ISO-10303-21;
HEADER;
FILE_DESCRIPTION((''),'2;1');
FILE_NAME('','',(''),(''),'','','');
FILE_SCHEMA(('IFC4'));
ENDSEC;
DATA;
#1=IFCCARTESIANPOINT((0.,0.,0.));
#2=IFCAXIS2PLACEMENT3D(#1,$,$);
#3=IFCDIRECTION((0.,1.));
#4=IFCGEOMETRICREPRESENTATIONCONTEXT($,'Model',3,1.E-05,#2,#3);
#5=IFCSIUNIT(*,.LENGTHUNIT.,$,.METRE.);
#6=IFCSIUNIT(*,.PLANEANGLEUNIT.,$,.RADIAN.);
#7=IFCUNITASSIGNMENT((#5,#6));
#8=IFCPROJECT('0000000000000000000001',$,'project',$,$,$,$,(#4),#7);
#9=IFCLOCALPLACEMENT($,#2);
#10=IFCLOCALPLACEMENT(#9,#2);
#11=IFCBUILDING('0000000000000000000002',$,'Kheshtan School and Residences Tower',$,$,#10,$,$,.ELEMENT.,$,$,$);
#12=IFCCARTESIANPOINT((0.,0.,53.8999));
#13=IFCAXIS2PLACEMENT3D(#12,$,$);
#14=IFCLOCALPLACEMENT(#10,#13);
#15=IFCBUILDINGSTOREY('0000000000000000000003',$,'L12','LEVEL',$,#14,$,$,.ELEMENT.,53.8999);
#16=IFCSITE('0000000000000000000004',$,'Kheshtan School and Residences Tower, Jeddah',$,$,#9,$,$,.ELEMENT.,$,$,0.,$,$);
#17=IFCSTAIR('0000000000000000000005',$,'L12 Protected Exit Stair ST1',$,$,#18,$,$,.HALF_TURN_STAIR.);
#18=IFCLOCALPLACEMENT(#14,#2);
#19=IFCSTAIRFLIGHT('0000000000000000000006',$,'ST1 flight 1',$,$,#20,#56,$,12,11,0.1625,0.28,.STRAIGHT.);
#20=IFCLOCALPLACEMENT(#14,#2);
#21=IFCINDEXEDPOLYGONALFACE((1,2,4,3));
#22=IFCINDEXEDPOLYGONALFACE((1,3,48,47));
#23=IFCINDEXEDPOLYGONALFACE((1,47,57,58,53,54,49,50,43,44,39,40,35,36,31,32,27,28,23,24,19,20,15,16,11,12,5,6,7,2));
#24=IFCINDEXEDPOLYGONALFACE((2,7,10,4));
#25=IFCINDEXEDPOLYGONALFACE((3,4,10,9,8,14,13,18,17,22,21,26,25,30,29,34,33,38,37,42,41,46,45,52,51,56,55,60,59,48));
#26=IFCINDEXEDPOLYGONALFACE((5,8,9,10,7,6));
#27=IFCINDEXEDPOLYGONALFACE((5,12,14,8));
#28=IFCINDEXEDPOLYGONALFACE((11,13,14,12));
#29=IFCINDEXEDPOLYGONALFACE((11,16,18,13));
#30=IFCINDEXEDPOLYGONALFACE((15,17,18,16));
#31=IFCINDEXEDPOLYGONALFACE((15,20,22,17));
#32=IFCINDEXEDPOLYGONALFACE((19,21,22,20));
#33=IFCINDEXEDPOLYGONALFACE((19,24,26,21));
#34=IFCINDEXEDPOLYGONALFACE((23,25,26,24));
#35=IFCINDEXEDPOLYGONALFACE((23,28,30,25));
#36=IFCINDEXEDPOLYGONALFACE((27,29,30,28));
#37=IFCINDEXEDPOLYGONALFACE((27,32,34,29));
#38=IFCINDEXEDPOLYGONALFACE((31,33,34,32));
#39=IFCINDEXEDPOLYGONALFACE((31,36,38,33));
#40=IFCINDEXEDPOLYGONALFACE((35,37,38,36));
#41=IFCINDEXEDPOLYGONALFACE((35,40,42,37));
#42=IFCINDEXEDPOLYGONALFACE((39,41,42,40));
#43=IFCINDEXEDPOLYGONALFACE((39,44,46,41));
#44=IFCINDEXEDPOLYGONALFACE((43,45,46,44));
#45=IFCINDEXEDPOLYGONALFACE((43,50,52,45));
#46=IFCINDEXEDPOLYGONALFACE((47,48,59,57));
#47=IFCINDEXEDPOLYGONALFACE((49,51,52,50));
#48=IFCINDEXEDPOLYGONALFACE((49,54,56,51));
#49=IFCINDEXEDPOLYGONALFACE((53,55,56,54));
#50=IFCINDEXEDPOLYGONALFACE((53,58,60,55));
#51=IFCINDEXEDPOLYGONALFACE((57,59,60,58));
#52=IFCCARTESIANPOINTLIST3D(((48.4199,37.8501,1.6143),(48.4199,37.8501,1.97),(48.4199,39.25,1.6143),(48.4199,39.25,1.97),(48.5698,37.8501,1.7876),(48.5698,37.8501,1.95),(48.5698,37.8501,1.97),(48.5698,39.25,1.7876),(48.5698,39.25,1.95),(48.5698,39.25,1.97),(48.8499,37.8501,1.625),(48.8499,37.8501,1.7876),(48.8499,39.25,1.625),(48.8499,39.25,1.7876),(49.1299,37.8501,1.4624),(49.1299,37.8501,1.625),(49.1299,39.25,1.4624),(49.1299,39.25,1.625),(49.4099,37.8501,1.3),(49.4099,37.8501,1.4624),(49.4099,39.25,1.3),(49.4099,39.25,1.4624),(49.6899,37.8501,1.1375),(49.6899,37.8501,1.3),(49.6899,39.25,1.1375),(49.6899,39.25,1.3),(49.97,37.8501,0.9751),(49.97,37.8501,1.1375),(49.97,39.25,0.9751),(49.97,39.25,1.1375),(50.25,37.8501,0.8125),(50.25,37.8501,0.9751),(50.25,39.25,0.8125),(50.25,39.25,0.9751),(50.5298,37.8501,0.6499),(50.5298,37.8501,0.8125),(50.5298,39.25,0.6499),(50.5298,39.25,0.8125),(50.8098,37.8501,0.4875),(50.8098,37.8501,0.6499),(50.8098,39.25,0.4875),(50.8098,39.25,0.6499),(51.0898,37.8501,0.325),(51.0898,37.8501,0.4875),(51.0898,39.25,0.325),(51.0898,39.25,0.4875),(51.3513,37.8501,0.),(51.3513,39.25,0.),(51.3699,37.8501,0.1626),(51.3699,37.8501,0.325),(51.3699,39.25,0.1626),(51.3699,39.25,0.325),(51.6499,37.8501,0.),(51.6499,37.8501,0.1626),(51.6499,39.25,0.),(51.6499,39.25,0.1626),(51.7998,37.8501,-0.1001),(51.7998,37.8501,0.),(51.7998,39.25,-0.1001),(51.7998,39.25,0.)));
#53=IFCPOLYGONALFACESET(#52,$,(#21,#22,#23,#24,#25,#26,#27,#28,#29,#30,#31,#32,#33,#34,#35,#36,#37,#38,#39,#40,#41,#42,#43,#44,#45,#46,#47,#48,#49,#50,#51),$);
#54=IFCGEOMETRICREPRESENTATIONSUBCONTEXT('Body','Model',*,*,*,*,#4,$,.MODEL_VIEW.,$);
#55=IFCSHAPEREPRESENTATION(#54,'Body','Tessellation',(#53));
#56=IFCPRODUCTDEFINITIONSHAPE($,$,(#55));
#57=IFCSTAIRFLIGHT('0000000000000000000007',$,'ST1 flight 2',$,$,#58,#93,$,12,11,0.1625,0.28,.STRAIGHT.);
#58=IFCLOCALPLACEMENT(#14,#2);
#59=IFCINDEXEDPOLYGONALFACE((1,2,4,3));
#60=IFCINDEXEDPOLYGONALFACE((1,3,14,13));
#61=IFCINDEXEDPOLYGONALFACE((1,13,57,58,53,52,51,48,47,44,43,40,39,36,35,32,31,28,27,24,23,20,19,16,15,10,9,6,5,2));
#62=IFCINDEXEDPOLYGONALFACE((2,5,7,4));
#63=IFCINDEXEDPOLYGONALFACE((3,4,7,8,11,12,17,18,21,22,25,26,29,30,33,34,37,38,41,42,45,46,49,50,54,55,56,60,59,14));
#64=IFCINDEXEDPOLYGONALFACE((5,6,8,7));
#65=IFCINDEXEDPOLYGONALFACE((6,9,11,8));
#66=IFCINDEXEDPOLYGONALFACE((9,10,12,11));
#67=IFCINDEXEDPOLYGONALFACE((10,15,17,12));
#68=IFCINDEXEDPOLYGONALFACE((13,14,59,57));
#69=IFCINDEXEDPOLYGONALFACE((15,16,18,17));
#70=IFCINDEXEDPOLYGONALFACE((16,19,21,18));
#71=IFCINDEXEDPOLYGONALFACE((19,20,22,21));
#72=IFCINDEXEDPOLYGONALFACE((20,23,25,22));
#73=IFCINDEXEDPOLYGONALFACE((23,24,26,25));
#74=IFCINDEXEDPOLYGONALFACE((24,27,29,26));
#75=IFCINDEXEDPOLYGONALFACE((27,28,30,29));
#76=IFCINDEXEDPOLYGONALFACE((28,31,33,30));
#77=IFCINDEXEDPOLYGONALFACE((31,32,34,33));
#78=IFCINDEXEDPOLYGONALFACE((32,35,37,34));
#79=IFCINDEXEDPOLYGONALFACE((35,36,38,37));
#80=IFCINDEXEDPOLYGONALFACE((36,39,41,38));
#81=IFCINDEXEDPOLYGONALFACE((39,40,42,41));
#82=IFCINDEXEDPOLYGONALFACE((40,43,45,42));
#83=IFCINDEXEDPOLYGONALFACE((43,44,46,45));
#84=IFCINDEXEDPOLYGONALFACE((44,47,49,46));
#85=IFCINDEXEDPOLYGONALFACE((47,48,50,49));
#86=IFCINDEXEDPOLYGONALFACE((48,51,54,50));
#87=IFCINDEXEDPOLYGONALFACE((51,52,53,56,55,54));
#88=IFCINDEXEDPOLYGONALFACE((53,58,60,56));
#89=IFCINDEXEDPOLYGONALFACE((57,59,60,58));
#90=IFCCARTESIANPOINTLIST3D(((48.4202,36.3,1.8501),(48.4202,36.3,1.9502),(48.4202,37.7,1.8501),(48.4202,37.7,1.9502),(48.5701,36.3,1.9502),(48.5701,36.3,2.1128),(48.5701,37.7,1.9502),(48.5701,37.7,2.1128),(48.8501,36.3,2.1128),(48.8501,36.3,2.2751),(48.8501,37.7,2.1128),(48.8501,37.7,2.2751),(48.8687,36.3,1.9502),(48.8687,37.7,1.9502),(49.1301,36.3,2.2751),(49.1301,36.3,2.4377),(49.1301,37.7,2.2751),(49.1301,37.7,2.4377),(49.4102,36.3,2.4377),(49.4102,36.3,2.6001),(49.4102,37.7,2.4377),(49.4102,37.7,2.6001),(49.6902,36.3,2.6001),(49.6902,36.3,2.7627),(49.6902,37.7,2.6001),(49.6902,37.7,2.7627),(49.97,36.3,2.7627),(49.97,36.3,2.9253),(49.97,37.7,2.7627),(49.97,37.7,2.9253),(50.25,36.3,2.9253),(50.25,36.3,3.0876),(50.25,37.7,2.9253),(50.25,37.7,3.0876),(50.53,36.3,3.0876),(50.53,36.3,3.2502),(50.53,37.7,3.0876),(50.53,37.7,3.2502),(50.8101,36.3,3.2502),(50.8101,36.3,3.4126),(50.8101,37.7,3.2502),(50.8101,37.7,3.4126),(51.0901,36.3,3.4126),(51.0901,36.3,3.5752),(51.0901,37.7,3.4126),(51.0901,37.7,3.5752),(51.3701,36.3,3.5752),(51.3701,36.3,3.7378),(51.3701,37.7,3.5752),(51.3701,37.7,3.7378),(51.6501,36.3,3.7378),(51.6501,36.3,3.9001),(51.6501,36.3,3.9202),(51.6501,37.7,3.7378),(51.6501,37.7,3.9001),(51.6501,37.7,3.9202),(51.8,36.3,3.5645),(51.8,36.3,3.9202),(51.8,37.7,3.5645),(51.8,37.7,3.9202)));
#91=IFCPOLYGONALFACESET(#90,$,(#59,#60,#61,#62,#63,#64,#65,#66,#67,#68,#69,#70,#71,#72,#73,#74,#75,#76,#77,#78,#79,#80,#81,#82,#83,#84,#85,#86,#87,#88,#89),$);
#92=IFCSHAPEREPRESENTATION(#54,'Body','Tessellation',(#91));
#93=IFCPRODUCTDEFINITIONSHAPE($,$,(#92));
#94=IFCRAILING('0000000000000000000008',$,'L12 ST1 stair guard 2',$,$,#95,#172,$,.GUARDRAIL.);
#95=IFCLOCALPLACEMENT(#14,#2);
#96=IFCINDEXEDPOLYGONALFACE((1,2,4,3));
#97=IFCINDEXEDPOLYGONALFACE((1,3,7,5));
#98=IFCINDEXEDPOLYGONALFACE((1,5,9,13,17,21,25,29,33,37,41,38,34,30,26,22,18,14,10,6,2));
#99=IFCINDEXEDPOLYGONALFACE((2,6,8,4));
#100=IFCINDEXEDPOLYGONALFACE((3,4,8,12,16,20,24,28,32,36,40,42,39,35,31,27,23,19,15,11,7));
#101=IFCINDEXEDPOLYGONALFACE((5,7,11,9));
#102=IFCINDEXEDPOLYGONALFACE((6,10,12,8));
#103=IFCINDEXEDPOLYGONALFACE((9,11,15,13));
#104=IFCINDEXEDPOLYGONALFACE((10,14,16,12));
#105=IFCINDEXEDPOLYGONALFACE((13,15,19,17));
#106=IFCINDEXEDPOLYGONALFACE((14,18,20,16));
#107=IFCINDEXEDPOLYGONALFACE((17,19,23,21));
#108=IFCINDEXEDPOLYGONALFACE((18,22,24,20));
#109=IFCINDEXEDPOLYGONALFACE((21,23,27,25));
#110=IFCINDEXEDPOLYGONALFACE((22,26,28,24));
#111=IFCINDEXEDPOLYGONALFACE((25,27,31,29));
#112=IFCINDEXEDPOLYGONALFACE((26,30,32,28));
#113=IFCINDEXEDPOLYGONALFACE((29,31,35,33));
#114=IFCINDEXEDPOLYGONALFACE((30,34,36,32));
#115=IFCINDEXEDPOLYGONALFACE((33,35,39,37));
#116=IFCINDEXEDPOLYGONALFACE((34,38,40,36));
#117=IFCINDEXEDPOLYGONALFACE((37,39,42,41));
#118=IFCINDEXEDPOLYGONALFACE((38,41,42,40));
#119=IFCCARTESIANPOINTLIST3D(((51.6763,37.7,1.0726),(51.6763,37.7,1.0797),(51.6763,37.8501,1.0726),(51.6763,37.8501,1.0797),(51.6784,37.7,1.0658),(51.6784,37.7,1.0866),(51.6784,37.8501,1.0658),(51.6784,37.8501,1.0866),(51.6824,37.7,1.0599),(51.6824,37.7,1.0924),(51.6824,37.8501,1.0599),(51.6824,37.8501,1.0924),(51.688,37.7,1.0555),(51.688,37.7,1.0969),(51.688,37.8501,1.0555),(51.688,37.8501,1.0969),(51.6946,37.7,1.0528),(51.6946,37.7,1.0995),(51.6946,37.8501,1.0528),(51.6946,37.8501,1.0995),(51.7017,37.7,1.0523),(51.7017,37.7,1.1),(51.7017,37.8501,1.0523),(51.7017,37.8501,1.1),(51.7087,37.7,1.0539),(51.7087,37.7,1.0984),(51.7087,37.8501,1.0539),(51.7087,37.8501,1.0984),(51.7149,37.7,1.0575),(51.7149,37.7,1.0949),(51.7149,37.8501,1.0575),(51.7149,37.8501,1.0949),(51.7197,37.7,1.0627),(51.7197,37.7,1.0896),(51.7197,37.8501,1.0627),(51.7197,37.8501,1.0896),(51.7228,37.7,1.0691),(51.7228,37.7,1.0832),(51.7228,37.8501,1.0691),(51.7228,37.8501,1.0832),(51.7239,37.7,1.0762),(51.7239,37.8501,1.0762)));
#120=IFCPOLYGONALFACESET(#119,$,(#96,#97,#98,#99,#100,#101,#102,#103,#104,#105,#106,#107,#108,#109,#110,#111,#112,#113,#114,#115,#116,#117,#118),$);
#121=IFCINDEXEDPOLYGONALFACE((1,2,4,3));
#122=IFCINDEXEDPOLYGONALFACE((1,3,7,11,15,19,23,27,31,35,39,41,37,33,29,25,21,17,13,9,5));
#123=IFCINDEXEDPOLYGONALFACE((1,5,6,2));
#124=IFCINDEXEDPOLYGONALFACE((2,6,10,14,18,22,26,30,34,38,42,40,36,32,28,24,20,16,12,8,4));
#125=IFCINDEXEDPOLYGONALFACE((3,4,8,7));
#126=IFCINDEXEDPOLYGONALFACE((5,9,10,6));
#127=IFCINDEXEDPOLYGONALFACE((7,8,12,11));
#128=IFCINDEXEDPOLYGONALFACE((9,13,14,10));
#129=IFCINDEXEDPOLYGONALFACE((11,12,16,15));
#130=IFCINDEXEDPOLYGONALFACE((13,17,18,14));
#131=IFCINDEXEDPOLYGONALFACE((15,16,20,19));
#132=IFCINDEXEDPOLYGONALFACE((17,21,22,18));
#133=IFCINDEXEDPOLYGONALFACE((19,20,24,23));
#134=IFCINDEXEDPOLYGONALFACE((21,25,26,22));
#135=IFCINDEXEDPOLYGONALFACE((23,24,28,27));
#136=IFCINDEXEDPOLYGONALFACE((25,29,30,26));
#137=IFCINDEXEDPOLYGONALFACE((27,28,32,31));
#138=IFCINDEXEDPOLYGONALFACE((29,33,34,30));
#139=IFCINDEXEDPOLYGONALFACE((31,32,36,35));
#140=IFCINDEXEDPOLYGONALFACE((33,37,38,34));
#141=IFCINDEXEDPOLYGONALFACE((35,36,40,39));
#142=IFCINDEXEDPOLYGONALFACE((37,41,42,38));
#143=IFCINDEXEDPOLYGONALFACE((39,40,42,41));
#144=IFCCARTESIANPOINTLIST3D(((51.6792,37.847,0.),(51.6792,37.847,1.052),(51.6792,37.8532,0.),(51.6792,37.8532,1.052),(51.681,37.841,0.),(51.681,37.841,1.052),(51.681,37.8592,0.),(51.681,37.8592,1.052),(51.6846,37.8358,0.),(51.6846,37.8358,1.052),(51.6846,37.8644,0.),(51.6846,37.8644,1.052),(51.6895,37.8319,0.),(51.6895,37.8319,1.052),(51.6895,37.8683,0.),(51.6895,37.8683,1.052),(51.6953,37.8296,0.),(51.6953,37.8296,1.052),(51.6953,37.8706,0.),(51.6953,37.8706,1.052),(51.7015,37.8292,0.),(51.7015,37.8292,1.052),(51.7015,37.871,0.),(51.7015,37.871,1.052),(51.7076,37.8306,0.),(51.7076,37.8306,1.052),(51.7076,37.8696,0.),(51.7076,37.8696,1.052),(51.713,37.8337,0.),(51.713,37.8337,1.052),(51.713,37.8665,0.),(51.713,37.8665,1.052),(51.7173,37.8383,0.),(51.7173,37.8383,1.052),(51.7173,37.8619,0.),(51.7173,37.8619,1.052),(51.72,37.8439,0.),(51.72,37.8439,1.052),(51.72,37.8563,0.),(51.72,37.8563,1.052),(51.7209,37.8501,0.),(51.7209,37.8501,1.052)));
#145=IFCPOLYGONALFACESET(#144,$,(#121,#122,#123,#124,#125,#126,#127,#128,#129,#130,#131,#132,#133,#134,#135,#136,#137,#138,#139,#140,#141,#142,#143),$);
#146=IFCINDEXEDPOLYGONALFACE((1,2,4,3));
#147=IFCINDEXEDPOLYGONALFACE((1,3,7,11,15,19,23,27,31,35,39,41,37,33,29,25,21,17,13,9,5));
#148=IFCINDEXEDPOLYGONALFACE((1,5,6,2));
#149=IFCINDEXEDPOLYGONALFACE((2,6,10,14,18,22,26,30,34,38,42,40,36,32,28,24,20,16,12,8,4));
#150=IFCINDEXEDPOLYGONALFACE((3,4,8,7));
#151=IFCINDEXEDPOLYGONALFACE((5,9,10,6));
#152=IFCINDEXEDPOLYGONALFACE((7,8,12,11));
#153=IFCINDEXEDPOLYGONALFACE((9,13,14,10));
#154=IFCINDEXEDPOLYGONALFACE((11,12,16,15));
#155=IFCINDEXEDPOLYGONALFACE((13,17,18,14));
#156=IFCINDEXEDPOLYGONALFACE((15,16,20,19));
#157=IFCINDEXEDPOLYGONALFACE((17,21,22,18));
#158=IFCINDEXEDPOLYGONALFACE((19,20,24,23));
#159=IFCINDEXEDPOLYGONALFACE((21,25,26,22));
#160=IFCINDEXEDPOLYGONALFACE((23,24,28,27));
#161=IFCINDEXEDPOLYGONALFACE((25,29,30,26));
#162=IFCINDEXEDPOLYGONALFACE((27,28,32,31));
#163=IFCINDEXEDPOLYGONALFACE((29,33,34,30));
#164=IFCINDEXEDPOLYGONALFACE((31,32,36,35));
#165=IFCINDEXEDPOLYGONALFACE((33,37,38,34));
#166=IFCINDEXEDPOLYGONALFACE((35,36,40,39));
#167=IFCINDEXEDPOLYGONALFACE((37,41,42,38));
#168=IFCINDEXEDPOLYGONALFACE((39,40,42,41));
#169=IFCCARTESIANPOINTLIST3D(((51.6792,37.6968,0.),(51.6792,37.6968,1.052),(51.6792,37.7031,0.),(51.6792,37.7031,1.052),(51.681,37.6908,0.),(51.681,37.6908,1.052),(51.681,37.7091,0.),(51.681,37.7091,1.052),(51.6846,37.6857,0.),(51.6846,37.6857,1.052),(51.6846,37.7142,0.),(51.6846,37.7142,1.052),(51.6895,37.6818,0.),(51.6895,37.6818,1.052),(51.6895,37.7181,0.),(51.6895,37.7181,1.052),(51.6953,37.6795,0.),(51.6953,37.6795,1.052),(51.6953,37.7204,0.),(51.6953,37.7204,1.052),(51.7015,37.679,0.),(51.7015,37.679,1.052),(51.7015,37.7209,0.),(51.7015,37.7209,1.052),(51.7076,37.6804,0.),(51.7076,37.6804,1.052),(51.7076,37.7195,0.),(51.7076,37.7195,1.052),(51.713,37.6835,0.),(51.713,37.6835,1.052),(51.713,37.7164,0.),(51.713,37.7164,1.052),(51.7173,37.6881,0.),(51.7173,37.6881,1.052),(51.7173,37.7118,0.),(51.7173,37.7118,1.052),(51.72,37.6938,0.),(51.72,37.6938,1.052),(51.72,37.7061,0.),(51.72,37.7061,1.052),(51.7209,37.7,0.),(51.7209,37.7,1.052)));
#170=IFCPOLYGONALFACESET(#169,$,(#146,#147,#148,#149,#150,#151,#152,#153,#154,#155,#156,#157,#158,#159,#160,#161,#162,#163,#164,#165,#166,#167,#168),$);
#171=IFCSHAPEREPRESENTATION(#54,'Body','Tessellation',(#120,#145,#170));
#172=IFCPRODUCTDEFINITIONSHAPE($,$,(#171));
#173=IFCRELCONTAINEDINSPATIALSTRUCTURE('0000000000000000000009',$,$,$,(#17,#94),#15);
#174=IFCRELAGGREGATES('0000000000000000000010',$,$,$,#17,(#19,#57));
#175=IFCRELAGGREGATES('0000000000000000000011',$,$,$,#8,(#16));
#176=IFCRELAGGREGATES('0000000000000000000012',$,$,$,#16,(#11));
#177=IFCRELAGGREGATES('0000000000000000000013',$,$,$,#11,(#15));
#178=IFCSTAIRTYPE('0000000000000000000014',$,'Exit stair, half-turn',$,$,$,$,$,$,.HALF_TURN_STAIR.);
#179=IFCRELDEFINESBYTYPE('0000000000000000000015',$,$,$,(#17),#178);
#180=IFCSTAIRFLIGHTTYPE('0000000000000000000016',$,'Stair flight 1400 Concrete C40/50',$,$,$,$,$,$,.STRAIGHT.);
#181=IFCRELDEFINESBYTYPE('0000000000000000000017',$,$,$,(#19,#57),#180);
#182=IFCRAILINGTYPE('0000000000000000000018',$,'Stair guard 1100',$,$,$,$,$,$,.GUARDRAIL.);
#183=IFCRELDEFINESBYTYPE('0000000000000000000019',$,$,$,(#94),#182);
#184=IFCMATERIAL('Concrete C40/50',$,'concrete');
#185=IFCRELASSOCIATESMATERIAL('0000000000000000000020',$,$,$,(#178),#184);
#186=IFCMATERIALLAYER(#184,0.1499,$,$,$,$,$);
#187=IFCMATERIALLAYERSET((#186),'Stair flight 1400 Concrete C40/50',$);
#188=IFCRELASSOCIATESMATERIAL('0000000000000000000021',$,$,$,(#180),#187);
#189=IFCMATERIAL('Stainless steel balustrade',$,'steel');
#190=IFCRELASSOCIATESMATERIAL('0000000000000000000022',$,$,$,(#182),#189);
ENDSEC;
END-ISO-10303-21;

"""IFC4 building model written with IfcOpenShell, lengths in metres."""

from ifc_helpers import new_model, si_unit, direction, frame, origin, origin_2d, place, context, subcontext, project, spatial, polyline, circle, outline, extrude, material, layer, layer_set, type_object, element, aggregate, save


model = new_model("IFC4")

# Units and contexts
model_context = context("Model", 3, precision=1e-05, world=origin(), true_north=direction((0.0, 1.0)))
body_context = subcontext(model_context, "Body", "Model", "MODEL_VIEW")
ifc_project = project(units=[si_unit("LENGTHUNIT", "METRE"), si_unit("PLANEANGLEUNIT", "RADIAN")], contexts=[model_context])

# Site, building, storey
site_placement = place(None, origin())
site = spatial("IfcSite", under=ifc_project, at=site_placement, Name="Kheshtan School and Residences Tower, Jeddah", CompositionType="ELEMENT", RefElevation=0.0)
building_placement = place(site_placement, origin())
building = spatial("IfcBuilding", under=site, at=building_placement, Name="Kheshtan School and Residences Tower", CompositionType="ELEMENT")
storey_placement = place(building_placement, frame((0.0, 0.0, 53.8999)))
storey = spatial("IfcBuildingStorey", under=building, at=storey_placement, Name="L12", Description="LEVEL", CompositionType="ELEMENT", Elevation=53.8999)

# Shared definitions
ifc_material_1 = material(Name="Concrete C40/50", Category="concrete")

# Stair, stair flights
stair_type = type_object("IfcStairType", Name="Exit stair, half-turn", PredefinedType="HALF_TURN_STAIR", material=ifc_material_1)
stair_placement = place(storey_placement, origin())
stair = element("IfcStair", 1, at=stair_placement, inside=storey, type_object=stair_type, Name="L12 Protected Exit Stair ST1", PredefinedType="HALF_TURN_STAIR")
ifc_layer_1 = layer(ifc_material_1, 0.1499)
ifc_layer_set_1 = layer_set([ifc_layer_1], Name="Stair flight 1400 Concrete C40/50")
stair_flight_type = type_object("IfcStairFlightType", Name="Stair flight 1400 Concrete C40/50", PredefinedType="STRAIGHT", material=ifc_layer_set_1)
stair_flight_1_placement = place(storey_placement, frame((51.6499, 38.55, 0.0), z_axis=(0.0, 0.0, 1.0), x_axis=(-1.0, 0.0, 0.0)))
stair_flight_1 = element("IfcStairFlight", 2, at=stair_flight_1_placement, type_object=stair_flight_type, Name="ST1 flight 1", NumberOfRisers=12, NumberOfTreads=11, PredefinedType="STRAIGHT", RiserHeight=0.1625, TreadLength=0.28, context=body_context, shape_type="SweptSolid", body=[
    extrude(outline(polyline([(-0.1499, -0.1001), (-0.1499, 0.0), (0.0, 0.0), (0.0, 0.1626), (0.28, 0.1626), (0.28, 0.325), (0.5601, 0.325), (0.5601, 0.4875), (0.8401, 0.4875), (0.8401, 0.6499), (1.1201, 0.6499), (1.1201, 0.8125), (1.3999, 0.8125), (1.3999, 0.9751), (1.6799, 0.9751), (1.6799, 1.1375), (1.96, 1.1375), (1.96, 1.3), (2.24, 1.3), (2.24, 1.4624), (2.52, 1.4624), (2.52, 1.625), (2.8, 1.625), (2.8, 1.7876), (3.0801, 1.7876), (3.0801, 1.95), (3.0801, 1.97), (3.23, 1.97), (3.23, 1.6143), (0.2986, 0.0), (-0.1499, -0.1001)])), frame((0.0, 0.7, 0.0), z_axis=(0.0, -1.0, 0.0), x_axis=(1.0, 0.0, 0.0)), (0.0, 0.0, 1.0), 1.3999),
])
stair_flight_2_placement = place(storey_placement, frame((48.5701, 37.0, 1.9502), z_axis=(0.0, 0.0, 1.0), x_axis=(1.0, 0.0, 0.0)))
stair_flight_2 = element("IfcStairFlight", 3, at=stair_flight_2_placement, type_object=stair_flight_type, Name="ST1 flight 2", NumberOfRisers=12, NumberOfTreads=11, PredefinedType="STRAIGHT", RiserHeight=0.1625, TreadLength=0.28, context=body_context, shape_type="SweptSolid", body=[
    extrude(outline(polyline([(-0.1499, -0.1001), (-0.1499, 0.0), (0.0, 0.0), (0.0, 0.1626), (0.28, 0.1626), (0.28, 0.325), (0.5601, 0.325), (0.5601, 0.4875), (0.8401, 0.4875), (0.8401, 0.6499), (1.1201, 0.6499), (1.1201, 0.8125), (1.3999, 0.8125), (1.3999, 0.9751), (1.6799, 0.9751), (1.6799, 1.1375), (1.96, 1.1375), (1.96, 1.3), (2.24, 1.3), (2.24, 1.4624), (2.52, 1.4624), (2.52, 1.625), (2.8, 1.625), (2.8, 1.7876), (3.0801, 1.7876), (3.0801, 1.95), (3.0801, 1.97), (3.23, 1.97), (3.23, 1.6143), (0.2986, 0.0), (-0.1499, -0.1001)])), frame((0.0, 0.7, 0.0), z_axis=(0.0, -1.0, 0.0), x_axis=(1.0, 0.0, 0.0)), (0.0, 0.0, 1.0), 1.3999),
])
aggregate(stair, [stair_flight_1, stair_flight_2])

# Railing
ifc_material_2 = material(Name="Stainless steel balustrade", Category="steel")
railing_type_1 = type_object("IfcRailingType", Name="Stair guard 1100", PredefinedType="GUARDRAIL", material=ifc_material_2)
railing_1_placement = place(storey_placement, frame((51.7, 37.8501, 0.0)))
element("IfcRailing", 4, at=railing_1_placement, inside=storey, type_object=railing_type_1, Name="L12 ST1 stair guard 2", PredefinedType="GUARDRAIL", context=body_context, shape_type="SweptSolid", body=[
    extrude(circle(Radius=0.0239, at=origin_2d()), frame((0.0, 0.0, 1.0762), z_axis=(0.0, -1.0, 0.0), x_axis=(1.0, 0.0, 0.0)), (0.0, 0.0, 1.0), 0.1501),
    extrude(circle(Radius=0.021, at=origin_2d()), origin(), (0.0, 0.0, 1.0), 1.052),
    extrude(circle(Radius=0.021, at=origin_2d()), frame((0.0, -0.1501, 0.0)), (0.0, 0.0, 1.0), 1.052),
])

save(model, "model.ifc")
